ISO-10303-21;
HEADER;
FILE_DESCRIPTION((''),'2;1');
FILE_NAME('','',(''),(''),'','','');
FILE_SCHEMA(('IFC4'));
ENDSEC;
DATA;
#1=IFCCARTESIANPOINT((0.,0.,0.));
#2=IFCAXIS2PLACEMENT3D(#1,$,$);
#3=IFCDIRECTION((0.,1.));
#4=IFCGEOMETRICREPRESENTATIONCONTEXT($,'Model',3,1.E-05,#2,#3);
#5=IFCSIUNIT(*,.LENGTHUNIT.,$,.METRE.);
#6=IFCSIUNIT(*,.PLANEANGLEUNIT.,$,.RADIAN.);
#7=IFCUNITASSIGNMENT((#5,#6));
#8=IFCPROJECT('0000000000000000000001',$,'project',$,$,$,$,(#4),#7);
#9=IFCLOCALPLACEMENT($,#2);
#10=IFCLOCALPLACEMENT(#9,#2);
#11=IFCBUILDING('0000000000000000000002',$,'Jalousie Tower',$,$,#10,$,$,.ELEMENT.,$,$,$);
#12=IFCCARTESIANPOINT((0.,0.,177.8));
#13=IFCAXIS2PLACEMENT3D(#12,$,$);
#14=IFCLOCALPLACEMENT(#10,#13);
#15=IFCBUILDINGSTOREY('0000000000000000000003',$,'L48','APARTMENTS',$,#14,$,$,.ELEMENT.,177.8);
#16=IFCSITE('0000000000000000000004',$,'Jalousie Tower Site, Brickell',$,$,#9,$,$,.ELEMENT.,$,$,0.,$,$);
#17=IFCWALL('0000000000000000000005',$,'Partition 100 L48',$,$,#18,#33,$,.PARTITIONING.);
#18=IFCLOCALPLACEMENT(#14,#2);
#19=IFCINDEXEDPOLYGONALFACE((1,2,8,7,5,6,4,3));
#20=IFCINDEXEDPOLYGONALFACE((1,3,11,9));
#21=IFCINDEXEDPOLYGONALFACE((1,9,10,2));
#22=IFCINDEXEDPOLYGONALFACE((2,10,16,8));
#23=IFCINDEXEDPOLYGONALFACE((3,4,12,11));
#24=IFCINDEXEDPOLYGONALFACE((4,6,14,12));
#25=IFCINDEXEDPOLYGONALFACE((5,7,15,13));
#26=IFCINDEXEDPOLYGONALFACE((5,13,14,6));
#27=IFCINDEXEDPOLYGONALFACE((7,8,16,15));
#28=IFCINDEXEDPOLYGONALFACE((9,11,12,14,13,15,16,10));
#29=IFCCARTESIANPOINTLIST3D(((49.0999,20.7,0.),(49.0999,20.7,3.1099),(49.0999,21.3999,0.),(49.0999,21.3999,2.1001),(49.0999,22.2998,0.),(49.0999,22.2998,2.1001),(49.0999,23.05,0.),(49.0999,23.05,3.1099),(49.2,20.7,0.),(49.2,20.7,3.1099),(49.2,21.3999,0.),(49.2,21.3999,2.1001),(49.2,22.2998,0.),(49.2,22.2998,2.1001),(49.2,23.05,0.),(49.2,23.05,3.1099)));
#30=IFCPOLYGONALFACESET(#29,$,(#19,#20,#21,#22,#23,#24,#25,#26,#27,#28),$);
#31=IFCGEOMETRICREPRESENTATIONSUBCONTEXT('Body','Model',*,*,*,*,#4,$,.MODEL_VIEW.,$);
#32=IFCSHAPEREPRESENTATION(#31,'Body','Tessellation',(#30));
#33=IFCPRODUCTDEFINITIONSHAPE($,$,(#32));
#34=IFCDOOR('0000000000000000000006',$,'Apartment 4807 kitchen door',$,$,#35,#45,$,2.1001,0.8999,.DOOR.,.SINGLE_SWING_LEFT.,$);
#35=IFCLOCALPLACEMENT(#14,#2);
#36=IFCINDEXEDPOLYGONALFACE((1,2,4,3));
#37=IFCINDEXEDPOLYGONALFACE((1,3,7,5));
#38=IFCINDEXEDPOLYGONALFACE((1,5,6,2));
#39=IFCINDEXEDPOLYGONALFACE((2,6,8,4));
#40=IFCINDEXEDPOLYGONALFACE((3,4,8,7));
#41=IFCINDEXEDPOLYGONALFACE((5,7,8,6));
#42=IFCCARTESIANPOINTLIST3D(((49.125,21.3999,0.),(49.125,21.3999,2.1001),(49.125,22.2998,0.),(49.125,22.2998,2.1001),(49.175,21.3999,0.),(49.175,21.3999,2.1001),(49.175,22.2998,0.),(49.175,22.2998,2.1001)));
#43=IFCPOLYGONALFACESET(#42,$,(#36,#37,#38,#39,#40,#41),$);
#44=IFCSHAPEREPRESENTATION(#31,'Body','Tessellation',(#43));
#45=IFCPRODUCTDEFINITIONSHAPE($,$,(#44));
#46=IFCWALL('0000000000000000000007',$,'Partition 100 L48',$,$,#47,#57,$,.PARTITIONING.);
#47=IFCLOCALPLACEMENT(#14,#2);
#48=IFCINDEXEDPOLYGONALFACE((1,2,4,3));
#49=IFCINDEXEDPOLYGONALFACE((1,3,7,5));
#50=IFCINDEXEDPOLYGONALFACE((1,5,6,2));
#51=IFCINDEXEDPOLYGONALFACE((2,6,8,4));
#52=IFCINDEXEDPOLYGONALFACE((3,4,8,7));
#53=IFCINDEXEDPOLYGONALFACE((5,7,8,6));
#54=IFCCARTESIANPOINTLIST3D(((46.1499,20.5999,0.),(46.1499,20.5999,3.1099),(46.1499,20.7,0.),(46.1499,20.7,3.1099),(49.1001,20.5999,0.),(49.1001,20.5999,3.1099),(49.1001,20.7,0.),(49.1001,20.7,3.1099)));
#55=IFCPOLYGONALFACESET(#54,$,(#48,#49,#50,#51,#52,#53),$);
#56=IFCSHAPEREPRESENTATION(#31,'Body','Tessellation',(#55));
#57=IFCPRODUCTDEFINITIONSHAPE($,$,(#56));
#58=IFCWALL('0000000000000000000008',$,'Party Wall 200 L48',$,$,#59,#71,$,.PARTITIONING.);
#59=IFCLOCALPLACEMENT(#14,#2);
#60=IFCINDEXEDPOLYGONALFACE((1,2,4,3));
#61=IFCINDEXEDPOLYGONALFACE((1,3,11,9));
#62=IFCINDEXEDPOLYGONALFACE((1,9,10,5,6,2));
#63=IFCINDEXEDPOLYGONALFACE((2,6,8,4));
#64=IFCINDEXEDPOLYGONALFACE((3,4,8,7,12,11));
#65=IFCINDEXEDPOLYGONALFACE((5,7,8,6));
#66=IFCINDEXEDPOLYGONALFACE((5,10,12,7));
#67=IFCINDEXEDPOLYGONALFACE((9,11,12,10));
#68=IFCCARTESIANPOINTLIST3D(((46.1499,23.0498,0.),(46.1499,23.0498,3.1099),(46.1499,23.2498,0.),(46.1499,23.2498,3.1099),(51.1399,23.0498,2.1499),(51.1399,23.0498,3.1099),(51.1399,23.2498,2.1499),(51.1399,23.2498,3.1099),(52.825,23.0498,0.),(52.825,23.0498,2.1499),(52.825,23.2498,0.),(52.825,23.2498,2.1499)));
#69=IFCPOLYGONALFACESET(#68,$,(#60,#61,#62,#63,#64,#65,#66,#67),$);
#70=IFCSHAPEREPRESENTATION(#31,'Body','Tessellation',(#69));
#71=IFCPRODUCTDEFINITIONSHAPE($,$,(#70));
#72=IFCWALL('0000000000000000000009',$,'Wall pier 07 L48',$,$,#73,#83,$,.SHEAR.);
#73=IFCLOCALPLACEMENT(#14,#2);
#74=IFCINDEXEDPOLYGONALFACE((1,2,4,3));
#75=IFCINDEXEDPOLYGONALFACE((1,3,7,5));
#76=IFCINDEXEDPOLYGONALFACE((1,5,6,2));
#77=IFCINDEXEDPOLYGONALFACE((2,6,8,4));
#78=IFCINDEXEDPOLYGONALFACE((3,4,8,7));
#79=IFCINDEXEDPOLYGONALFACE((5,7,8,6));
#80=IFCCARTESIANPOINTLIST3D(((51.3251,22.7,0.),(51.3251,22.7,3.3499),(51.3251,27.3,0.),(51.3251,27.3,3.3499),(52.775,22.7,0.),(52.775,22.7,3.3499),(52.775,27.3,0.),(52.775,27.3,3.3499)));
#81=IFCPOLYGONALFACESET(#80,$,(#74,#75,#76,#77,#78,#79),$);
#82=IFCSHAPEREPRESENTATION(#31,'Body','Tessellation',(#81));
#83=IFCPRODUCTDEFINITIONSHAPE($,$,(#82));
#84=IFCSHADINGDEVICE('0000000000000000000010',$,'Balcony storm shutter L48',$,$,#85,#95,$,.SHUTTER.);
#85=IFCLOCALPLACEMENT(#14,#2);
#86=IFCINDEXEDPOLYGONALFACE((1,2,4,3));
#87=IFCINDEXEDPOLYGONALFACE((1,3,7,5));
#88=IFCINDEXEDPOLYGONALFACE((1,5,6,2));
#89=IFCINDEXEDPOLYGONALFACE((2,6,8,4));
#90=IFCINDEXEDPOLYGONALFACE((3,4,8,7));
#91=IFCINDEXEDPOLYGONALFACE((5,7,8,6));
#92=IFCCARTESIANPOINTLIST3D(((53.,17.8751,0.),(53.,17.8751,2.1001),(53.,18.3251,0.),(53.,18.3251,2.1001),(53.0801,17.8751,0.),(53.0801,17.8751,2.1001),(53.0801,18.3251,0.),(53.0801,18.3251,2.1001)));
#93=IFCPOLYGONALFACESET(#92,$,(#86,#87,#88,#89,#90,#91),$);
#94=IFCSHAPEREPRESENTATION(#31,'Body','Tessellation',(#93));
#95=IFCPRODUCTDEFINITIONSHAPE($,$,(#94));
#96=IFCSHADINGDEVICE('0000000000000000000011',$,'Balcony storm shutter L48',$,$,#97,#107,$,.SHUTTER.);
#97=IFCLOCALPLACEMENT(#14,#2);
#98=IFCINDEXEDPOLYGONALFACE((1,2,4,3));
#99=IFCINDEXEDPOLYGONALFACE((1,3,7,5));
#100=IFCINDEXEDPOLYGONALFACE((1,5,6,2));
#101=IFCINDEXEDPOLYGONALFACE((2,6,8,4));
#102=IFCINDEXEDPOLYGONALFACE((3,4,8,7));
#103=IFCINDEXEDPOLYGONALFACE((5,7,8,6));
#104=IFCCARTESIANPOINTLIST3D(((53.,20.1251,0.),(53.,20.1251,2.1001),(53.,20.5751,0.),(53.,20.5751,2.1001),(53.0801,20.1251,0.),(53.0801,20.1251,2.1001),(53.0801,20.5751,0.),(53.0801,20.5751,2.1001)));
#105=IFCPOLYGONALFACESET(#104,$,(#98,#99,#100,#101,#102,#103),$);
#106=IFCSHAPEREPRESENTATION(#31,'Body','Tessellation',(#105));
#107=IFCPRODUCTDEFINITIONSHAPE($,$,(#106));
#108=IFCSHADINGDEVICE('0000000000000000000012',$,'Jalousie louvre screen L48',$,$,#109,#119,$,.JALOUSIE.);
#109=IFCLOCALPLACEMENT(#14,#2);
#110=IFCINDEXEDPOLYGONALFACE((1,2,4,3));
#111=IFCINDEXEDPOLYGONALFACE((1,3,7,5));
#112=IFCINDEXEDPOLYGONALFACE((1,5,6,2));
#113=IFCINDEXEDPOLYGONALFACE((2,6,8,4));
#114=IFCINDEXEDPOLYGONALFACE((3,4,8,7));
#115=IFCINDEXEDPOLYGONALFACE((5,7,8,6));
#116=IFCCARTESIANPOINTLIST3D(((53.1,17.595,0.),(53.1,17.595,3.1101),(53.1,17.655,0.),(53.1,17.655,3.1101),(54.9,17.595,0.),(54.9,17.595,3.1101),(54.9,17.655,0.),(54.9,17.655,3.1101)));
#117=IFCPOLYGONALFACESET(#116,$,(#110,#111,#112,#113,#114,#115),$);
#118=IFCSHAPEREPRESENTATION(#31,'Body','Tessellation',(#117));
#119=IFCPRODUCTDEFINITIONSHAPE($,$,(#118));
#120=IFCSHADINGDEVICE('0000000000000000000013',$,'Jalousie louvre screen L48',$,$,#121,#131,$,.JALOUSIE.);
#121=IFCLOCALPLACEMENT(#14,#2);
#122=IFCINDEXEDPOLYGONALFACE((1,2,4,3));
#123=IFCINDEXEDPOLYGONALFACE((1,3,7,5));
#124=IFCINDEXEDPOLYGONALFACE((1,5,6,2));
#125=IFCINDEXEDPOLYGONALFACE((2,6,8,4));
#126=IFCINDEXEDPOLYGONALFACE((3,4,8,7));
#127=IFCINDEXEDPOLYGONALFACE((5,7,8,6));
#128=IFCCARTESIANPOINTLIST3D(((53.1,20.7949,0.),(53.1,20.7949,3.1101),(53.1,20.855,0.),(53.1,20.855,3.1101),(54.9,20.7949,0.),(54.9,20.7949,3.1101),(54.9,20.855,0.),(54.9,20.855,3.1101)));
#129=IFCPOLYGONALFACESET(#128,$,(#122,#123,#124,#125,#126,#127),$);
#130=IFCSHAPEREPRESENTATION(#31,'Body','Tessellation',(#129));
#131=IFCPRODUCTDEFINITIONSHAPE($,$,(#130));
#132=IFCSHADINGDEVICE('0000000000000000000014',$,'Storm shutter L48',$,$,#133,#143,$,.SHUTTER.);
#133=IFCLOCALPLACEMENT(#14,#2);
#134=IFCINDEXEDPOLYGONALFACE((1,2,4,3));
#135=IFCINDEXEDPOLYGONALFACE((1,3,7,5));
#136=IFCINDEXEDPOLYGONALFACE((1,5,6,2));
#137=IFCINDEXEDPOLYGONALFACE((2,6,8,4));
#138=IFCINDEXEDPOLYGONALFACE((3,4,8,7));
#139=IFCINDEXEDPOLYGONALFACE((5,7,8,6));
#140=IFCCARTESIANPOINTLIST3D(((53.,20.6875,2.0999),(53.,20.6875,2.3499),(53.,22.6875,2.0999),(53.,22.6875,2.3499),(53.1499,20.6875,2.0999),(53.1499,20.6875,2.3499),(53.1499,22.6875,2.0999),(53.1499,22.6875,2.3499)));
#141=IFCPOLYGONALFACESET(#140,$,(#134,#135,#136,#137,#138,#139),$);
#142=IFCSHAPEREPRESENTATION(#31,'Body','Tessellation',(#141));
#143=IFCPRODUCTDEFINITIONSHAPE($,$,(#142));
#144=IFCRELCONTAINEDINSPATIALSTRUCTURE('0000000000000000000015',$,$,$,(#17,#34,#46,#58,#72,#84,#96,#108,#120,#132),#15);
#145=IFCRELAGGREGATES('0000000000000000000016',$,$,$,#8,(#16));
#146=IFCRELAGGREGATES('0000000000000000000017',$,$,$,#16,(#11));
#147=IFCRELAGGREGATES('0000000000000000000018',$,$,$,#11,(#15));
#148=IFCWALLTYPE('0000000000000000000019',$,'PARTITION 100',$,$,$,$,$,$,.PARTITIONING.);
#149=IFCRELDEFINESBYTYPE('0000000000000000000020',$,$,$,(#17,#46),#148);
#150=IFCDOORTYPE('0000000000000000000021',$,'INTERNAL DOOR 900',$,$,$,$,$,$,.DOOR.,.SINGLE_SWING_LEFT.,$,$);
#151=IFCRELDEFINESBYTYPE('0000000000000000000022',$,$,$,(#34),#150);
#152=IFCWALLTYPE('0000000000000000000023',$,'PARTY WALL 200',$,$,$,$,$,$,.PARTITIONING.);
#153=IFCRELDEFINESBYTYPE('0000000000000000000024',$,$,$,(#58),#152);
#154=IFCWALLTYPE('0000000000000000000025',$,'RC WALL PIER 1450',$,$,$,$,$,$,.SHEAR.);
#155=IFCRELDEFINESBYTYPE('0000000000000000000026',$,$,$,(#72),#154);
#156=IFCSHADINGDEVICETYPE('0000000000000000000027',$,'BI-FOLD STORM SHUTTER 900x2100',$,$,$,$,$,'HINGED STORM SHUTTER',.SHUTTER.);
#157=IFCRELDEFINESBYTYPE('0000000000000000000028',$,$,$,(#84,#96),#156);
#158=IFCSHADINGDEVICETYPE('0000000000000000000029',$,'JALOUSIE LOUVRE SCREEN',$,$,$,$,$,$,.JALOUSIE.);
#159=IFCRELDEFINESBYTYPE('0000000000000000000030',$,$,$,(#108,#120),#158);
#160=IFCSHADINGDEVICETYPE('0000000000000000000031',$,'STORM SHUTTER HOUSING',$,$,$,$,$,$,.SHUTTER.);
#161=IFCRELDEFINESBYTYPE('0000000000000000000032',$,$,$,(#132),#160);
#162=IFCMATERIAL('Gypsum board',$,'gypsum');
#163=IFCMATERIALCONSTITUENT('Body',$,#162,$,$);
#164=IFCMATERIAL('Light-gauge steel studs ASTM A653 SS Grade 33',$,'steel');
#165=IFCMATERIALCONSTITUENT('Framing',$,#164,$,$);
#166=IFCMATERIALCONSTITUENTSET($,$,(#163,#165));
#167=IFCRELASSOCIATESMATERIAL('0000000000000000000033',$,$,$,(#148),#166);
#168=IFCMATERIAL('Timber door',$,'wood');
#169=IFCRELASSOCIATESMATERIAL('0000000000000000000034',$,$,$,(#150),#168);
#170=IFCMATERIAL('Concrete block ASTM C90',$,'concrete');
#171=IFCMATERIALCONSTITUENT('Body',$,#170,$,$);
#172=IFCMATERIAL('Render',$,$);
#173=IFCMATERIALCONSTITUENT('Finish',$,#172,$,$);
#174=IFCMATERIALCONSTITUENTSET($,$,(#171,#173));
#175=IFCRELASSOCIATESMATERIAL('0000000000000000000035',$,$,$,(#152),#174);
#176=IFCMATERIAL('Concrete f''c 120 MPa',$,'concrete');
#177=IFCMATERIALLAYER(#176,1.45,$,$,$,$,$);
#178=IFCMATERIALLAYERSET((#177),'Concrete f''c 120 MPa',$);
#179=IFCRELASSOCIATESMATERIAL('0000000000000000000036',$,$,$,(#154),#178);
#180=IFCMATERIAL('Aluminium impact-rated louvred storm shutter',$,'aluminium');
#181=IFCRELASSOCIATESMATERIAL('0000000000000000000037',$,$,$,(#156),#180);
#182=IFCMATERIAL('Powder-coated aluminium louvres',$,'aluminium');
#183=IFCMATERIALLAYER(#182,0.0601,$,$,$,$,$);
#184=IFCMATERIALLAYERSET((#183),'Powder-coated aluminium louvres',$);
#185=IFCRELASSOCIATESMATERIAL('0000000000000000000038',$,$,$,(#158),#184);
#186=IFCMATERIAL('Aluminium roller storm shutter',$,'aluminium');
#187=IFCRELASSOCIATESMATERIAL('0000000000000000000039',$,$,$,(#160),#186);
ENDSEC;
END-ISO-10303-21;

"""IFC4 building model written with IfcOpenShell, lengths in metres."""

from ifc_helpers import new_model, si_unit, direction, frame, frame_2d, origin, origin_2d, place, context, subcontext, project, spatial, polyline, rectangle, outline, extrude, material, layer, layer_set, constituent, constituent_set, type_object, element, fill, save


model = new_model("IFC4")

# Units and contexts
model_context = context("Model", 3, precision=1e-05, world=origin(), true_north=direction((0.0, 1.0)))
body_context = subcontext(model_context, "Body", "Model", "MODEL_VIEW")
ifc_project = project(units=[si_unit("LENGTHUNIT", "METRE"), si_unit("PLANEANGLEUNIT", "RADIAN")], contexts=[model_context])

# Site, building, storey
site_placement = place(None, origin())
site = spatial("IfcSite", under=ifc_project, at=site_placement, Name="Jalousie Tower Site, Brickell", CompositionType="ELEMENT", RefElevation=0.0)
building_placement = place(site_placement, origin())
building = spatial("IfcBuilding", under=site, at=building_placement, Name="Jalousie Tower", CompositionType="ELEMENT")
storey_placement = place(building_placement, frame((0.0, 0.0, 177.8)))
storey = spatial("IfcBuildingStorey", under=building, at=storey_placement, Name="L48", Description="APARTMENTS", CompositionType="ELEMENT", Elevation=177.8)

# Wall, opening, door
ifc_material_1 = material(Name="Gypsum board", Category="gypsum")
ifc_constituent_1 = constituent(ifc_material_1, Name="Body")
ifc_material_2 = material(Name="Light-gauge steel studs ASTM A653 SS Grade 33", Category="steel")
ifc_constituent_2 = constituent(ifc_material_2, Name="Framing")
ifc_constituent_set_1 = constituent_set(constituents=[ifc_constituent_1, ifc_constituent_2])
wall_type_1 = type_object("IfcWallType", Name="PARTITION 100", PredefinedType="PARTITIONING", material=ifc_constituent_set_1)
wall_1_placement = place(storey_placement, frame((49.1499, 20.7, 0.0), z_axis=(0.0, 0.0, 1.0), x_axis=(0.0, 1.0, 0.0)))
wall_1 = element("IfcWall", 1, at=wall_1_placement, inside=storey, type_object=wall_type_1, Name="Partition 100 L48", PredefinedType="PARTITIONING", context=body_context, shape_type="SweptSolid", body=[
    extrude(rectangle(XDim=2.3501, YDim=0.1001, at=frame_2d((1.175, 0.0))), origin(), (0.0, 0.0, 1.0), 3.1099),
])
opening_1_placement = place(wall_1_placement, frame((0.7, 0.0, 0.0)))
opening_1 = element("IfcOpeningElement", 2, at=opening_1_placement, cuts=wall_1, PredefinedType="OPENING", context=body_context, shape_type="SweptSolid", body=[
    extrude(rectangle(XDim=0.8999, YDim=2.1001, at=frame_2d((0.45, 1.05))), frame((0.0, 0.0601, 0.0), z_axis=(0.0, -1.0, 0.0), x_axis=(1.0, 0.0, 0.0)), (0.0, 0.0, 1.0), 0.1201),
])
ifc_material_3 = material(Name="Timber door", Category="wood")
door_type_1 = type_object("IfcDoorType", Name="INTERNAL DOOR 900", OperationType="SINGLE_SWING_LEFT", PredefinedType="DOOR", material=ifc_material_3)
door_1_placement = place(opening_1_placement, origin())
door_1 = element("IfcDoor", 3, at=door_1_placement, inside=storey, type_object=door_type_1, Name="Apartment 4807 kitchen door", OperationType="SINGLE_SWING_LEFT", OverallHeight=2.1001, OverallWidth=0.8999, PredefinedType="DOOR", context=body_context, shape_type="SweptSolid", body=[
    extrude(rectangle(XDim=0.8999, YDim=2.1001, at=frame_2d((0.45, 1.05))), frame((0.0, 0.0249, 0.0), z_axis=(0.0, -1.0, 0.0), x_axis=(1.0, 0.0, 0.0)), (0.0, 0.0, 1.0), 0.05),
])
fill(opening_1, door_1)

# Walls
wall_2_placement = place(storey_placement, frame((49.1001, 20.6499, 0.0), z_axis=(0.0, 0.0, 1.0), x_axis=(-1.0, 0.0, 0.0)))
element("IfcWall", 4, at=wall_2_placement, inside=storey, type_object=wall_type_1, Name="Partition 100 L48", PredefinedType="PARTITIONING", context=body_context, shape_type="SweptSolid", body=[
    extrude(rectangle(XDim=2.9502, YDim=0.1001, at=frame_2d((1.4751, 0.0))), origin(), (0.0, 0.0, 1.0), 3.1099),
])
ifc_material_4 = material(Name="Concrete block ASTM C90", Category="concrete")
ifc_constituent_3 = constituent(ifc_material_4, Name="Body")
ifc_material_5 = material(Name="Render")
ifc_constituent_4 = constituent(ifc_material_5, Name="Finish")
ifc_constituent_set_2 = constituent_set(constituents=[ifc_constituent_3, ifc_constituent_4])
wall_type_2 = type_object("IfcWallType", Name="PARTY WALL 200", PredefinedType="PARTITIONING", material=ifc_constituent_set_2)
wall_3_placement = place(storey_placement, frame((52.825, 23.1499, 0.0), z_axis=(0.0, 0.0, 1.0), x_axis=(-1.0, 0.0, 0.0)))
element("IfcWall", 5, at=wall_3_placement, inside=storey, type_object=wall_type_2, Name="Party Wall 200 L48", PredefinedType="PARTITIONING", context=body_context, shape_type="SweptSolid", body=[
    extrude(outline(polyline([(0.0, 0.0), (6.675, 0.0), (6.675, 3.1099), (1.6851, 3.1099), (1.6851, 2.1499), (0.0, 2.1499), (0.0, 3.1099), (0.0, 0.0)])), frame((0.0, 0.1001, 0.0), z_axis=(0.0, -1.0, 0.0), x_axis=(1.0, 0.0, 0.0)), (0.0, 0.0, 1.0), 0.2),
])
ifc_material_6 = material(Name="Concrete f'c 120 MPa", Category="concrete")
ifc_layer_1 = layer(ifc_material_6, 1.45)
ifc_layer_set_1 = layer_set([ifc_layer_1], Name="Concrete f'c 120 MPa")
wall_type_3 = type_object("IfcWallType", Name="RC WALL PIER 1450", PredefinedType="SHEAR", material=ifc_layer_set_1)
wall_4_placement = place(storey_placement, frame((52.05, 22.7, 0.0), z_axis=(0.0, 0.0, 1.0), x_axis=(0.0, 1.0, 0.0)))
element("IfcWall", 6, at=wall_4_placement, inside=storey, type_object=wall_type_3, Name="Wall pier 07 L48", PredefinedType="SHEAR", context=body_context, shape_type="SweptSolid", body=[
    extrude(rectangle(XDim=4.6001, YDim=1.45, at=frame_2d((2.3, 0.0))), origin(), (0.0, 0.0, 1.0), 3.3499),
])

# Shading devices
ifc_material_7 = material(Name="Aluminium impact-rated louvred storm shutter", Category="aluminium")
shading_device_type_1 = type_object("IfcShadingDeviceType", Name="BI-FOLD STORM SHUTTER 900x2100", ElementType="HINGED STORM SHUTTER", PredefinedType="SHUTTER", material=ifc_material_7)
for number, where, z_axis, x_axis, name in (
    (7, (53.04, 18.1001, 0.0), (0.0, 0.0, 1.0), (0.0, 1.0, 0.0), "Balcony storm shutter L48"),
    (8, (53.04, 20.3501, 0.0), (0.0, 0.0, 1.0), (0.0, 1.0, 0.0), "Balcony storm shutter L48"),
):
    element("IfcShadingDevice", number, at=place(storey_placement, frame(where, z_axis=z_axis, x_axis=x_axis)), inside=storey, type_object=shading_device_type_1, Name=name, PredefinedType="SHUTTER", context=body_context, shape_type="SweptSolid", body=[
        extrude(rectangle(XDim=0.45, YDim=0.0801, at=origin_2d()), origin(), (0.0, 0.0, 1.0), 2.1001),
    ])

# Shading devices
ifc_material_8 = material(Name="Powder-coated aluminium louvres", Category="aluminium")
ifc_layer_2 = layer(ifc_material_8, 0.0601)
ifc_layer_set_2 = layer_set([ifc_layer_2], Name="Powder-coated aluminium louvres")
shading_device_type_2 = type_object("IfcShadingDeviceType", Name="JALOUSIE LOUVRE SCREEN", PredefinedType="JALOUSIE", material=ifc_layer_set_2)
for number, where, z_axis, x_axis, name in (
    (9, (54.0, 17.625, 0.0), (0.0, 0.0, 1.0), (0.0, 1.0, 0.0), "Jalousie louvre screen L48"),
    (10, (54.0, 20.825, 0.0), (0.0, 0.0, 1.0), (0.0, 1.0, 0.0), "Jalousie louvre screen L48"),
):
    element("IfcShadingDevice", number, at=place(storey_placement, frame(where, z_axis=z_axis, x_axis=x_axis)), inside=storey, type_object=shading_device_type_2, Name=name, PredefinedType="JALOUSIE", context=body_context, shape_type="SweptSolid", body=[
        extrude(rectangle(XDim=0.0601, YDim=1.8, at=origin_2d()), origin(), (0.0, 0.0, 1.0), 3.1101),
    ])
ifc_material_9 = material(Name="Aluminium roller storm shutter", Category="aluminium")
shading_device_type_3 = type_object("IfcShadingDeviceType", Name="STORM SHUTTER HOUSING", PredefinedType="SHUTTER", material=ifc_material_9)
shading_device_placement = place(storey_placement, frame((53.075, 21.6875, 2.0999), z_axis=(0.0, 0.0, 1.0), x_axis=(0.0, 1.0, 0.0)))
element("IfcShadingDevice", 11, at=shading_device_placement, inside=storey, type_object=shading_device_type_3, Name="Storm shutter L48", PredefinedType="SHUTTER", context=body_context, shape_type="SweptSolid", body=[
    extrude(rectangle(XDim=2.0, YDim=0.1499, at=origin_2d()), origin(), (0.0, 0.0, 1.0), 0.25),
])

save(model, "model.ifc")
